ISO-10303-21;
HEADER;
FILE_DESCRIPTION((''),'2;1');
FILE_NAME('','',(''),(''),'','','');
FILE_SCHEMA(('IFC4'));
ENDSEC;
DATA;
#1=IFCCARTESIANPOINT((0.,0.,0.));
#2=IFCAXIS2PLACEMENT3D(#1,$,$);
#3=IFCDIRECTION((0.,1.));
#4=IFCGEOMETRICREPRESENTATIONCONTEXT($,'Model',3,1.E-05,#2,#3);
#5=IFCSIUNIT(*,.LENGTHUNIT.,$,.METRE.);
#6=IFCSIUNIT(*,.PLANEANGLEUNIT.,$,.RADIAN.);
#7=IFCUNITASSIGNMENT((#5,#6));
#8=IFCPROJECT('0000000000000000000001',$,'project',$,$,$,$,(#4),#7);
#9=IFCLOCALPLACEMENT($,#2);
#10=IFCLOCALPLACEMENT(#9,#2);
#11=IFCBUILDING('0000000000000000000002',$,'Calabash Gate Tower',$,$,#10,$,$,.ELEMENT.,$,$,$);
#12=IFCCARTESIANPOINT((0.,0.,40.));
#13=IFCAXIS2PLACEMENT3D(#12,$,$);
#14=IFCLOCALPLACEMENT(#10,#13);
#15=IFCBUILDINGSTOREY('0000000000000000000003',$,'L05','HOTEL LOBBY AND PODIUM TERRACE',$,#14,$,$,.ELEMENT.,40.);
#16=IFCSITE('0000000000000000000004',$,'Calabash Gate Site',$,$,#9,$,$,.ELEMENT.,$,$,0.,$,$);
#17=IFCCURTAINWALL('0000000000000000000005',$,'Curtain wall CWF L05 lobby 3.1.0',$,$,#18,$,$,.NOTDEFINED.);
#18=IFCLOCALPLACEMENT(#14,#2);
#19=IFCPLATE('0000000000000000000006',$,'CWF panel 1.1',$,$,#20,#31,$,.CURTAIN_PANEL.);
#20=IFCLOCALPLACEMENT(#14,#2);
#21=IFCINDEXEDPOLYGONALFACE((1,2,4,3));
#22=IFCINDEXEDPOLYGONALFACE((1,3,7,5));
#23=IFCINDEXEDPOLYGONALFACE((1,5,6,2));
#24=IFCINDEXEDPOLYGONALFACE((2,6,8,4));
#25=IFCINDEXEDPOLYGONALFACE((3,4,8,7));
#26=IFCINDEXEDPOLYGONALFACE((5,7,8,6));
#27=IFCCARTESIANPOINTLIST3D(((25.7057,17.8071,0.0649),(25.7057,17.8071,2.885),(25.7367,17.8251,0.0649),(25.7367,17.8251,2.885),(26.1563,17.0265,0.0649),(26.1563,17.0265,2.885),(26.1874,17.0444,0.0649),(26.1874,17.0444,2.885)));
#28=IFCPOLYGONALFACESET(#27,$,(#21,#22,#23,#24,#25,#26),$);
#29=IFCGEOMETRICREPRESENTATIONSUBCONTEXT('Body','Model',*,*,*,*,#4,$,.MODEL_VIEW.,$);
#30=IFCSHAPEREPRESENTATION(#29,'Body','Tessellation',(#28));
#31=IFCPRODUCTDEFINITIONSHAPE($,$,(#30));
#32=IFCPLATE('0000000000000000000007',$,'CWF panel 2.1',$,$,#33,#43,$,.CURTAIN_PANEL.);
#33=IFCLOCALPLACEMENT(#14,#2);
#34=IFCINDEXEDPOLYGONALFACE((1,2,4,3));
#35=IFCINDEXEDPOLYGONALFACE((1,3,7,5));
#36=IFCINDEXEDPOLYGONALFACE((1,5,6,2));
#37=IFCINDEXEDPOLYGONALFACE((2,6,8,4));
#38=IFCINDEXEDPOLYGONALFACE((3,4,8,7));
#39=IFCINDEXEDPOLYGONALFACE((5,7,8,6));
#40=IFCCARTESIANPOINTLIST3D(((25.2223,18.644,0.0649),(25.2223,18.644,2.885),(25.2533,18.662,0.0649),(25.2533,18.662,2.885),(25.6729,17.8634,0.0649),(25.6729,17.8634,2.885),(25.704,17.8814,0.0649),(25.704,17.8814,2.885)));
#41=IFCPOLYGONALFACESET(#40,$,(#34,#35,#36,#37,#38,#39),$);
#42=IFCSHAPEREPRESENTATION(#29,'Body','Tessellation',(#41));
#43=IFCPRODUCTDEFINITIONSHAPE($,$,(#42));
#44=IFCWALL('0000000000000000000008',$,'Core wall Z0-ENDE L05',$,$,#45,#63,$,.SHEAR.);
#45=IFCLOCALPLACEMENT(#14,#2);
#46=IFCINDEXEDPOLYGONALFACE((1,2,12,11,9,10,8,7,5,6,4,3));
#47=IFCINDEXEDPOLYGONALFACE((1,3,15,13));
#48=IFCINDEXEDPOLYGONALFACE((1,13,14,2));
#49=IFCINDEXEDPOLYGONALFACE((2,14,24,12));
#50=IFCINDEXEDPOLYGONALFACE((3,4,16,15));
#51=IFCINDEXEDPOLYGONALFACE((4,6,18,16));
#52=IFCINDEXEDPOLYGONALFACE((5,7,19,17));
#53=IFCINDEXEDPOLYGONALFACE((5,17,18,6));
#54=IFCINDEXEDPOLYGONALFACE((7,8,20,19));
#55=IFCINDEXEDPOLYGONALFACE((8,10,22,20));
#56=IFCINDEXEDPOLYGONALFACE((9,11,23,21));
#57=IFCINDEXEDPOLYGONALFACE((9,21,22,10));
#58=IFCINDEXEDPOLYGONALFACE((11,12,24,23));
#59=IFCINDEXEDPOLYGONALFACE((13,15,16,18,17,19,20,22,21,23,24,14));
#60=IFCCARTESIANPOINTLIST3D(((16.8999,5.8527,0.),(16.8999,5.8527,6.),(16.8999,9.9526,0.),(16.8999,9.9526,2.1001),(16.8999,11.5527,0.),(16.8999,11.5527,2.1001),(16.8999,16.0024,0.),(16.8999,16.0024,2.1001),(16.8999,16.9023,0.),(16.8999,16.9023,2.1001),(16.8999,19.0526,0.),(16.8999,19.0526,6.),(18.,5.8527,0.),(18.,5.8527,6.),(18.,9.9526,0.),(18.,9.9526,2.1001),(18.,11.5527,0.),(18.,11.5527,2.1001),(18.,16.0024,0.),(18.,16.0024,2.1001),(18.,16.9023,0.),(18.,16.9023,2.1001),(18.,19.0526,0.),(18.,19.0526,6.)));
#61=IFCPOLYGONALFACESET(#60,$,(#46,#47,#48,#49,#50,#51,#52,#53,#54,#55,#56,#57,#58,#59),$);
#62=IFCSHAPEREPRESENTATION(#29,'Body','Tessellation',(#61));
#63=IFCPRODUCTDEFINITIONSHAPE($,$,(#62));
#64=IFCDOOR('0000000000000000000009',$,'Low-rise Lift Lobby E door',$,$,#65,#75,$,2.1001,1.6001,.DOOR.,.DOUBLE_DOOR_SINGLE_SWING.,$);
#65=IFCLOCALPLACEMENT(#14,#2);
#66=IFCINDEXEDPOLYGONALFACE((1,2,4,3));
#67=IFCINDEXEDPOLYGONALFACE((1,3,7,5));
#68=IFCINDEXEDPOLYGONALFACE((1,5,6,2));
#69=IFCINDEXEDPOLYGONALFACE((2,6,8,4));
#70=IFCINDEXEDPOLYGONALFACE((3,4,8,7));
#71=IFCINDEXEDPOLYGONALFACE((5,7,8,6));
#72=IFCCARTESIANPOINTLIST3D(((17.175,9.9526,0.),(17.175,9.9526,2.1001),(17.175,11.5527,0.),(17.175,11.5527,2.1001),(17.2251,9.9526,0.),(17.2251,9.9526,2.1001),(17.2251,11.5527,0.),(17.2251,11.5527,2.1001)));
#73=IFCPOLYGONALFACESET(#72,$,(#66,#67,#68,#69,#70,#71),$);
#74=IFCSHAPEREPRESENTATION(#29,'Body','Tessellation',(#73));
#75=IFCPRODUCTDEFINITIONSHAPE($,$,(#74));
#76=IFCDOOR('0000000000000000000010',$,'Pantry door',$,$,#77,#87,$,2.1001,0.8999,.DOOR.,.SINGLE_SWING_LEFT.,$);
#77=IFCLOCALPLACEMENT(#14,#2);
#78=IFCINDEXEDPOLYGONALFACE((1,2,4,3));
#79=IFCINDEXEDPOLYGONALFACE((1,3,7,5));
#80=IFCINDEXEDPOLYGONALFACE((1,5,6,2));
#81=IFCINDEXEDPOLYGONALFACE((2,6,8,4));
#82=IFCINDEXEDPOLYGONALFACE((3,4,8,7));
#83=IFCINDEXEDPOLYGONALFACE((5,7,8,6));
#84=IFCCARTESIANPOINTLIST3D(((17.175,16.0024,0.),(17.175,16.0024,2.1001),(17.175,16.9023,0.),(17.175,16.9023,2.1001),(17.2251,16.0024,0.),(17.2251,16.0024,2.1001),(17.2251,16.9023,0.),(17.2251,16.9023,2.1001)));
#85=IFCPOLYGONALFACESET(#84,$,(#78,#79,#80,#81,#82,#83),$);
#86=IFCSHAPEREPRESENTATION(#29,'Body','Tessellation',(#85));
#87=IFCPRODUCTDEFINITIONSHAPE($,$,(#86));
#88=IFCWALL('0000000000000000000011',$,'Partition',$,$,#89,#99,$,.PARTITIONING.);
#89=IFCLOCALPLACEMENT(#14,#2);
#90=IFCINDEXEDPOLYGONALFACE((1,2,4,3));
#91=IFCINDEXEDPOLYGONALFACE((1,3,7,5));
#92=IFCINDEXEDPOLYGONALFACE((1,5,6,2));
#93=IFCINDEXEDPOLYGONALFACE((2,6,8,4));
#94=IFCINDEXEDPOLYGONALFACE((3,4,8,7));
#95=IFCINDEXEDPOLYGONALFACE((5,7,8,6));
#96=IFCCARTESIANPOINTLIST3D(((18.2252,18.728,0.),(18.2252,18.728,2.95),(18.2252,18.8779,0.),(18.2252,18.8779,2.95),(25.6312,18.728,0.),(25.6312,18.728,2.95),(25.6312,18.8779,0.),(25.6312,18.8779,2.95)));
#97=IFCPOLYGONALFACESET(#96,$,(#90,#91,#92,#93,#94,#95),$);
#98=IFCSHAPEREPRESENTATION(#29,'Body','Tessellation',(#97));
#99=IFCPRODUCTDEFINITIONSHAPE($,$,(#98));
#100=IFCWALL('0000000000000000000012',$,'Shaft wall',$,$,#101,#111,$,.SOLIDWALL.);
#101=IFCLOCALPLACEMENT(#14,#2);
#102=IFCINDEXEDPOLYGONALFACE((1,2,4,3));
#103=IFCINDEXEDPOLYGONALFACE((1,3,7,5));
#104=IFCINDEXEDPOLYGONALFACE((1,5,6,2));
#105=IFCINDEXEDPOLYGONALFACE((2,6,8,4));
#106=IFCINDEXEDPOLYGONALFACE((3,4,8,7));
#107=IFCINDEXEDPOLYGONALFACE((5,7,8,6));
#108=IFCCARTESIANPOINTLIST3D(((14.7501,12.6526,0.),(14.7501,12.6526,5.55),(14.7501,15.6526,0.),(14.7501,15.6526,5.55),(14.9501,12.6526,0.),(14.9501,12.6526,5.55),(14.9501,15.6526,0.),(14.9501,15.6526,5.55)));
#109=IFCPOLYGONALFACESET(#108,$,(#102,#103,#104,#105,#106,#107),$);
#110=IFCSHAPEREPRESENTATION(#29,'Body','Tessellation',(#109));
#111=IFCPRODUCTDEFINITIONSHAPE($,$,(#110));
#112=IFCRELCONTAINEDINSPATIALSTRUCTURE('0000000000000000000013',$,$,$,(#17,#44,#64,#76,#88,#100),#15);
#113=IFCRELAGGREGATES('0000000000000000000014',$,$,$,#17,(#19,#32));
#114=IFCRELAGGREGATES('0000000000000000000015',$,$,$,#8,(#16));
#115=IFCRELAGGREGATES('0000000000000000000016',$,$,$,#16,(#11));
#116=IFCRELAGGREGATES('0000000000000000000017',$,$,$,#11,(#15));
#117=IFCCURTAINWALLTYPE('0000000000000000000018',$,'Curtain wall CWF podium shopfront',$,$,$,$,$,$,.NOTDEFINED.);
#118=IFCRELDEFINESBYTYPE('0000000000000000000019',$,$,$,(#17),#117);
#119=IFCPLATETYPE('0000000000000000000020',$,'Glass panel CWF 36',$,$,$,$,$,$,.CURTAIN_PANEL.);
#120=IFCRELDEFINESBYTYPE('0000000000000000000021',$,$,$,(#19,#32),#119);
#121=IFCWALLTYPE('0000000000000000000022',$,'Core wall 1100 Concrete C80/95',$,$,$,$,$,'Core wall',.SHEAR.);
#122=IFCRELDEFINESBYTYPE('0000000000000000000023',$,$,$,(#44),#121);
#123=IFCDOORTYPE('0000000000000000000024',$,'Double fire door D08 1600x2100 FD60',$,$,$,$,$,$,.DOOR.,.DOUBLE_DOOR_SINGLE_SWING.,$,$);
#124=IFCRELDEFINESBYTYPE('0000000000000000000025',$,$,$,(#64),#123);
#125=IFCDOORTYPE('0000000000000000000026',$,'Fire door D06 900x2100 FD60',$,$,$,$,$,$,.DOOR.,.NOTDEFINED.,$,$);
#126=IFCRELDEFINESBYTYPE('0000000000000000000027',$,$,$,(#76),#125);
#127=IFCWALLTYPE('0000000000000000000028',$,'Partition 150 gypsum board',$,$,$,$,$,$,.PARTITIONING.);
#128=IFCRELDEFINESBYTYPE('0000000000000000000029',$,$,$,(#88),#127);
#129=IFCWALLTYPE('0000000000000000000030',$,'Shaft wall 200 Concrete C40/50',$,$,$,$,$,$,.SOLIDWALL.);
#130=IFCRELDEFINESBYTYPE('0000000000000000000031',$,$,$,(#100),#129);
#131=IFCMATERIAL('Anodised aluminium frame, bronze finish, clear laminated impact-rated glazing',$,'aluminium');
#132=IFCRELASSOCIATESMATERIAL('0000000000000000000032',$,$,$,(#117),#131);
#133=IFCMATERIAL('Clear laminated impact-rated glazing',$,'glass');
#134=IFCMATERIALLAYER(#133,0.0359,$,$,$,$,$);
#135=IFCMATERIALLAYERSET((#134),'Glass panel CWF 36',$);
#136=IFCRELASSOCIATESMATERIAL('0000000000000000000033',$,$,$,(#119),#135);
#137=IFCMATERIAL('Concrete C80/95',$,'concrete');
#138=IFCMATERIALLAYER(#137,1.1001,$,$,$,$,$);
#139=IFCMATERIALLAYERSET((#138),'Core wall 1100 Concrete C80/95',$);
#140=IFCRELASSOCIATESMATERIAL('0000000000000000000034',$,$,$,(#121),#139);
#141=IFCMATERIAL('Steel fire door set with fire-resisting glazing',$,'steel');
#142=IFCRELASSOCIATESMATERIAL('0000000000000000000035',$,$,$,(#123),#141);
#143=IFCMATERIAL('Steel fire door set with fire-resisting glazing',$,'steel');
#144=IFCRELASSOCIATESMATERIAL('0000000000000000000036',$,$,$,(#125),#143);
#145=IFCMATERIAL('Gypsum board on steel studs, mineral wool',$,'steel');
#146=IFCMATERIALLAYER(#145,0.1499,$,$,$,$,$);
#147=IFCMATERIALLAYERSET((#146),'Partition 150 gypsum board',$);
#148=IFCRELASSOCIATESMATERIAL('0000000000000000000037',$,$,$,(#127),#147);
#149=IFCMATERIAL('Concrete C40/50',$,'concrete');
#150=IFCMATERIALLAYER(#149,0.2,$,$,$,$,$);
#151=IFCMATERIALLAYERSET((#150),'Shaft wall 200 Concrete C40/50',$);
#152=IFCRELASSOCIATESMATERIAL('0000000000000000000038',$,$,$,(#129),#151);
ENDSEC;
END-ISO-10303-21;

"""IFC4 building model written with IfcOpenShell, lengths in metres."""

from ifc_helpers import new_model, si_unit, direction, frame, frame_2d, origin, origin_2d, place, context, subcontext, project, spatial, rectangle, extrude, material, layer, layer_set, type_object, element, fill, aggregate, save


model = new_model("IFC4")

# Units and contexts
model_context = context("Model", 3, precision=1e-05, world=origin(), true_north=direction((0.0, 1.0)))
body_context = subcontext(model_context, "Body", "Model", "MODEL_VIEW")
ifc_project = project(units=[si_unit("LENGTHUNIT", "METRE"), si_unit("PLANEANGLEUNIT", "RADIAN")], contexts=[model_context])

# Site, building, storey
site_placement = place(None, origin())
site = spatial("IfcSite", under=ifc_project, at=site_placement, Name="Calabash Gate Site", CompositionType="ELEMENT", RefElevation=0.0)
building_placement = place(site_placement, origin())
building = spatial("IfcBuilding", under=site, at=building_placement, Name="Calabash Gate Tower", CompositionType="ELEMENT")
storey_placement = place(building_placement, frame((0.0, 0.0, 40.0)))
storey = spatial("IfcBuildingStorey", under=building, at=storey_placement, Name="L05", Description="HOTEL LOBBY AND PODIUM TERRACE", CompositionType="ELEMENT", Elevation=40.0)

# Shared definitions
ifc_material_1 = material(Name="Anodised aluminium frame, bronze finish, clear laminated impact-rated glazing", Category="aluminium")
curtain_wall_type = type_object("IfcCurtainWallType", Name="Curtain wall CWF podium shopfront", PredefinedType="NOTDEFINED", material=ifc_material_1)

# Curtain wall
curtain_wall_1_placement = place(storey_placement, origin())
curtain_wall_1 = element("IfcCurtainWall", 1, at=curtain_wall_1_placement, inside=storey, type_object=curtain_wall_type, Name="Curtain wall CWF L05 lobby 3.1.0", PredefinedType="NOTDEFINED")

# Plates
ifc_material_2 = material(Name="Clear laminated impact-rated glazing", Category="glass")
ifc_layer_1 = layer(ifc_material_2, 0.0359)
ifc_layer_set_1 = layer_set([ifc_layer_1], Name="Glass panel CWF 36")
plate_type = type_object("IfcPlateType", Name="Glass panel CWF 36", PredefinedType="CURTAIN_PANEL", material=ifc_layer_set_1)
plate_1_placement = place(storey_placement, frame((25.9465, 17.4258, 0.0649), z_axis=(0.0, 0.0, 1.0), x_axis=(-0.5, 0.866025, 0.0)))
plate_1 = element("IfcPlate", 2, at=plate_1_placement, type_object=plate_type, Name="CWF panel 1.1", PredefinedType="CURTAIN_PANEL", context=body_context, shape_type="SweptSolid", body=[
    extrude(rectangle(XDim=0.9014, YDim=0.0359, at=origin_2d()), origin(), (0.0, 0.0, 1.0), 2.8201),
])
plate_2_placement = place(storey_placement, frame((25.4631, 18.2627, 0.0649), z_axis=(0.0, 0.0, 1.0), x_axis=(-0.5, 0.866025, 0.0)))
plate_2 = element("IfcPlate", 3, at=plate_2_placement, type_object=plate_type, Name="CWF panel 2.1", PredefinedType="CURTAIN_PANEL", context=body_context, shape_type="SweptSolid", body=[
    extrude(rectangle(XDim=0.9014, YDim=0.0359, at=origin_2d()), origin(), (0.0, 0.0, 1.0), 2.8201),
])
aggregate(curtain_wall_1, [plate_1, plate_2])

# Wall, openings, doors
ifc_material_3 = material(Name="Concrete C80/95", Category="concrete")
ifc_layer_2 = layer(ifc_material_3, 1.1001)
ifc_layer_set_2 = layer_set([ifc_layer_2], Name="Core wall 1100 Concrete C80/95")
wall_type_1 = type_object("IfcWallType", Name="Core wall 1100 Concrete C80/95", ElementType="Core wall", PredefinedType="SHEAR", material=ifc_layer_set_2)
wall_1_placement = place(storey_placement, frame((17.45, 5.8525, 0.0), z_axis=(0.0, 0.0, 1.0), x_axis=(0.0, 1.0, 0.0)))
wall_1 = element("IfcWall", 4, at=wall_1_placement, inside=storey, type_object=wall_type_1, Name="Core wall Z0-ENDE L05", PredefinedType="SHEAR", context=body_context, shape_type="SweptSolid", body=[
    extrude(rectangle(XDim=13.2, YDim=1.1001, at=frame_2d((6.6001, 0.0))), origin(), (0.0, 0.0, 1.0), 6.0),
])
opening_1_placement = place(wall_1_placement, frame((4.1001, 0.0, 0.0)))
opening_1 = element("IfcOpeningElement", 5, at=opening_1_placement, cuts=wall_1, PredefinedType="OPENING", context=body_context, shape_type="SweptSolid", body=[
    extrude(rectangle(XDim=1.6001, YDim=2.1001, at=frame_2d((0.8, 1.05))), frame((0.0, 0.5601, 0.0), z_axis=(0.0, -1.0, 0.0), x_axis=(1.0, 0.0, 0.0)), (0.0, 0.0, 1.0), 1.1201),
])
opening_2_placement = place(wall_1_placement, frame((10.1499, 0.0, 0.0)))
opening_2 = element("IfcOpeningElement", 6, at=opening_2_placement, cuts=wall_1, PredefinedType="OPENING", context=body_context, shape_type="SweptSolid", body=[
    extrude(rectangle(XDim=0.8999, YDim=2.1001, at=frame_2d((0.45, 1.05))), frame((0.0, 0.5601, 0.0), z_axis=(0.0, -1.0, 0.0), x_axis=(1.0, 0.0, 0.0)), (0.0, 0.0, 1.0), 1.1201),
])
ifc_material_4 = material(Name="Steel fire door set with fire-resisting glazing", Category="steel")
door_type_1 = type_object("IfcDoorType", Name="Double fire door D08 1600x2100 FD60", OperationType="DOUBLE_DOOR_SINGLE_SWING", PredefinedType="DOOR", material=ifc_material_4)
door_1_placement = place(opening_1_placement, origin())
door_1 = element("IfcDoor", 7, at=door_1_placement, inside=storey, type_object=door_type_1, Name="Low-rise Lift Lobby E door", OperationType="DOUBLE_DOOR_SINGLE_SWING", OverallHeight=2.1001, OverallWidth=1.6001, PredefinedType="DOOR", context=body_context, shape_type="SweptSolid", body=[
    extrude(rectangle(XDim=1.6001, YDim=2.1001, at=frame_2d((0.8, 1.05))), frame((0.0, 0.2749, 0.0), z_axis=(0.0, -1.0, 0.0), x_axis=(1.0, 0.0, 0.0)), (0.0, 0.0, 1.0), 0.05),
])
fill(opening_1, door_1)
ifc_material_5 = material(Name="Steel fire door set with fire-resisting glazing", Category="steel")
door_type_2 = type_object("IfcDoorType", Name="Fire door D06 900x2100 FD60", OperationType="NOTDEFINED", PredefinedType="DOOR", material=ifc_material_5)
door_2_placement = place(opening_2_placement, origin())
door_2 = element("IfcDoor", 8, at=door_2_placement, inside=storey, type_object=door_type_2, Name="Pantry door", OperationType="SINGLE_SWING_LEFT", OverallHeight=2.1001, OverallWidth=0.8999, PredefinedType="DOOR", context=body_context, shape_type="SweptSolid", body=[
    extrude(rectangle(XDim=0.8999, YDim=2.1001, at=frame_2d((0.45, 1.05))), frame((0.0, 0.2749, 0.0), z_axis=(0.0, -1.0, 0.0), x_axis=(1.0, 0.0, 0.0)), (0.0, 0.0, 1.0), 0.05),
])
fill(opening_2, door_2)

# Walls
ifc_material_6 = material(Name="Gypsum board on steel studs, mineral wool", Category="steel")
ifc_layer_3 = layer(ifc_material_6, 0.1499)
ifc_layer_set_3 = layer_set([ifc_layer_3], Name="Partition 150 gypsum board")
wall_type_2 = type_object("IfcWallType", Name="Partition 150 gypsum board", PredefinedType="PARTITIONING", material=ifc_layer_set_3)
wall_2_placement = place(storey_placement, frame((18.2251, 18.803, 0.0), z_axis=(0.0, 0.0, 1.0), x_axis=(1.0, 0.0, 0.0)))
element("IfcWall", 9, at=wall_2_placement, inside=storey, type_object=wall_type_2, Name="Partition", PredefinedType="PARTITIONING", context=body_context, shape_type="SweptSolid", body=[
    extrude(rectangle(XDim=7.406, YDim=0.1499, at=frame_2d((3.7031, 0.0))), origin(), (0.0, 0.0, 1.0), 2.95),
])
ifc_material_7 = material(Name="Concrete C40/50", Category="concrete")
ifc_layer_4 = layer(ifc_material_7, 0.2)
ifc_layer_set_4 = layer_set([ifc_layer_4], Name="Shaft wall 200 Concrete C40/50")
wall_type_3 = type_object("IfcWallType", Name="Shaft wall 200 Concrete C40/50", PredefinedType="SOLIDWALL", material=ifc_layer_set_4)
wall_3_placement = place(storey_placement, frame((14.8501, 12.6526, 0.0), z_axis=(0.0, 0.0, 1.0), x_axis=(0.0, 1.0, 0.0)))
element("IfcWall", 10, at=wall_3_placement, inside=storey, type_object=wall_type_3, Name="Shaft wall", PredefinedType="SOLIDWALL", context=body_context, shape_type="SweptSolid", body=[
    extrude(rectangle(XDim=3.0, YDim=0.2, at=frame_2d((1.5, 0.0))), origin(), (0.0, 0.0, 1.0), 5.55),
])

save(model, "model.ifc")
